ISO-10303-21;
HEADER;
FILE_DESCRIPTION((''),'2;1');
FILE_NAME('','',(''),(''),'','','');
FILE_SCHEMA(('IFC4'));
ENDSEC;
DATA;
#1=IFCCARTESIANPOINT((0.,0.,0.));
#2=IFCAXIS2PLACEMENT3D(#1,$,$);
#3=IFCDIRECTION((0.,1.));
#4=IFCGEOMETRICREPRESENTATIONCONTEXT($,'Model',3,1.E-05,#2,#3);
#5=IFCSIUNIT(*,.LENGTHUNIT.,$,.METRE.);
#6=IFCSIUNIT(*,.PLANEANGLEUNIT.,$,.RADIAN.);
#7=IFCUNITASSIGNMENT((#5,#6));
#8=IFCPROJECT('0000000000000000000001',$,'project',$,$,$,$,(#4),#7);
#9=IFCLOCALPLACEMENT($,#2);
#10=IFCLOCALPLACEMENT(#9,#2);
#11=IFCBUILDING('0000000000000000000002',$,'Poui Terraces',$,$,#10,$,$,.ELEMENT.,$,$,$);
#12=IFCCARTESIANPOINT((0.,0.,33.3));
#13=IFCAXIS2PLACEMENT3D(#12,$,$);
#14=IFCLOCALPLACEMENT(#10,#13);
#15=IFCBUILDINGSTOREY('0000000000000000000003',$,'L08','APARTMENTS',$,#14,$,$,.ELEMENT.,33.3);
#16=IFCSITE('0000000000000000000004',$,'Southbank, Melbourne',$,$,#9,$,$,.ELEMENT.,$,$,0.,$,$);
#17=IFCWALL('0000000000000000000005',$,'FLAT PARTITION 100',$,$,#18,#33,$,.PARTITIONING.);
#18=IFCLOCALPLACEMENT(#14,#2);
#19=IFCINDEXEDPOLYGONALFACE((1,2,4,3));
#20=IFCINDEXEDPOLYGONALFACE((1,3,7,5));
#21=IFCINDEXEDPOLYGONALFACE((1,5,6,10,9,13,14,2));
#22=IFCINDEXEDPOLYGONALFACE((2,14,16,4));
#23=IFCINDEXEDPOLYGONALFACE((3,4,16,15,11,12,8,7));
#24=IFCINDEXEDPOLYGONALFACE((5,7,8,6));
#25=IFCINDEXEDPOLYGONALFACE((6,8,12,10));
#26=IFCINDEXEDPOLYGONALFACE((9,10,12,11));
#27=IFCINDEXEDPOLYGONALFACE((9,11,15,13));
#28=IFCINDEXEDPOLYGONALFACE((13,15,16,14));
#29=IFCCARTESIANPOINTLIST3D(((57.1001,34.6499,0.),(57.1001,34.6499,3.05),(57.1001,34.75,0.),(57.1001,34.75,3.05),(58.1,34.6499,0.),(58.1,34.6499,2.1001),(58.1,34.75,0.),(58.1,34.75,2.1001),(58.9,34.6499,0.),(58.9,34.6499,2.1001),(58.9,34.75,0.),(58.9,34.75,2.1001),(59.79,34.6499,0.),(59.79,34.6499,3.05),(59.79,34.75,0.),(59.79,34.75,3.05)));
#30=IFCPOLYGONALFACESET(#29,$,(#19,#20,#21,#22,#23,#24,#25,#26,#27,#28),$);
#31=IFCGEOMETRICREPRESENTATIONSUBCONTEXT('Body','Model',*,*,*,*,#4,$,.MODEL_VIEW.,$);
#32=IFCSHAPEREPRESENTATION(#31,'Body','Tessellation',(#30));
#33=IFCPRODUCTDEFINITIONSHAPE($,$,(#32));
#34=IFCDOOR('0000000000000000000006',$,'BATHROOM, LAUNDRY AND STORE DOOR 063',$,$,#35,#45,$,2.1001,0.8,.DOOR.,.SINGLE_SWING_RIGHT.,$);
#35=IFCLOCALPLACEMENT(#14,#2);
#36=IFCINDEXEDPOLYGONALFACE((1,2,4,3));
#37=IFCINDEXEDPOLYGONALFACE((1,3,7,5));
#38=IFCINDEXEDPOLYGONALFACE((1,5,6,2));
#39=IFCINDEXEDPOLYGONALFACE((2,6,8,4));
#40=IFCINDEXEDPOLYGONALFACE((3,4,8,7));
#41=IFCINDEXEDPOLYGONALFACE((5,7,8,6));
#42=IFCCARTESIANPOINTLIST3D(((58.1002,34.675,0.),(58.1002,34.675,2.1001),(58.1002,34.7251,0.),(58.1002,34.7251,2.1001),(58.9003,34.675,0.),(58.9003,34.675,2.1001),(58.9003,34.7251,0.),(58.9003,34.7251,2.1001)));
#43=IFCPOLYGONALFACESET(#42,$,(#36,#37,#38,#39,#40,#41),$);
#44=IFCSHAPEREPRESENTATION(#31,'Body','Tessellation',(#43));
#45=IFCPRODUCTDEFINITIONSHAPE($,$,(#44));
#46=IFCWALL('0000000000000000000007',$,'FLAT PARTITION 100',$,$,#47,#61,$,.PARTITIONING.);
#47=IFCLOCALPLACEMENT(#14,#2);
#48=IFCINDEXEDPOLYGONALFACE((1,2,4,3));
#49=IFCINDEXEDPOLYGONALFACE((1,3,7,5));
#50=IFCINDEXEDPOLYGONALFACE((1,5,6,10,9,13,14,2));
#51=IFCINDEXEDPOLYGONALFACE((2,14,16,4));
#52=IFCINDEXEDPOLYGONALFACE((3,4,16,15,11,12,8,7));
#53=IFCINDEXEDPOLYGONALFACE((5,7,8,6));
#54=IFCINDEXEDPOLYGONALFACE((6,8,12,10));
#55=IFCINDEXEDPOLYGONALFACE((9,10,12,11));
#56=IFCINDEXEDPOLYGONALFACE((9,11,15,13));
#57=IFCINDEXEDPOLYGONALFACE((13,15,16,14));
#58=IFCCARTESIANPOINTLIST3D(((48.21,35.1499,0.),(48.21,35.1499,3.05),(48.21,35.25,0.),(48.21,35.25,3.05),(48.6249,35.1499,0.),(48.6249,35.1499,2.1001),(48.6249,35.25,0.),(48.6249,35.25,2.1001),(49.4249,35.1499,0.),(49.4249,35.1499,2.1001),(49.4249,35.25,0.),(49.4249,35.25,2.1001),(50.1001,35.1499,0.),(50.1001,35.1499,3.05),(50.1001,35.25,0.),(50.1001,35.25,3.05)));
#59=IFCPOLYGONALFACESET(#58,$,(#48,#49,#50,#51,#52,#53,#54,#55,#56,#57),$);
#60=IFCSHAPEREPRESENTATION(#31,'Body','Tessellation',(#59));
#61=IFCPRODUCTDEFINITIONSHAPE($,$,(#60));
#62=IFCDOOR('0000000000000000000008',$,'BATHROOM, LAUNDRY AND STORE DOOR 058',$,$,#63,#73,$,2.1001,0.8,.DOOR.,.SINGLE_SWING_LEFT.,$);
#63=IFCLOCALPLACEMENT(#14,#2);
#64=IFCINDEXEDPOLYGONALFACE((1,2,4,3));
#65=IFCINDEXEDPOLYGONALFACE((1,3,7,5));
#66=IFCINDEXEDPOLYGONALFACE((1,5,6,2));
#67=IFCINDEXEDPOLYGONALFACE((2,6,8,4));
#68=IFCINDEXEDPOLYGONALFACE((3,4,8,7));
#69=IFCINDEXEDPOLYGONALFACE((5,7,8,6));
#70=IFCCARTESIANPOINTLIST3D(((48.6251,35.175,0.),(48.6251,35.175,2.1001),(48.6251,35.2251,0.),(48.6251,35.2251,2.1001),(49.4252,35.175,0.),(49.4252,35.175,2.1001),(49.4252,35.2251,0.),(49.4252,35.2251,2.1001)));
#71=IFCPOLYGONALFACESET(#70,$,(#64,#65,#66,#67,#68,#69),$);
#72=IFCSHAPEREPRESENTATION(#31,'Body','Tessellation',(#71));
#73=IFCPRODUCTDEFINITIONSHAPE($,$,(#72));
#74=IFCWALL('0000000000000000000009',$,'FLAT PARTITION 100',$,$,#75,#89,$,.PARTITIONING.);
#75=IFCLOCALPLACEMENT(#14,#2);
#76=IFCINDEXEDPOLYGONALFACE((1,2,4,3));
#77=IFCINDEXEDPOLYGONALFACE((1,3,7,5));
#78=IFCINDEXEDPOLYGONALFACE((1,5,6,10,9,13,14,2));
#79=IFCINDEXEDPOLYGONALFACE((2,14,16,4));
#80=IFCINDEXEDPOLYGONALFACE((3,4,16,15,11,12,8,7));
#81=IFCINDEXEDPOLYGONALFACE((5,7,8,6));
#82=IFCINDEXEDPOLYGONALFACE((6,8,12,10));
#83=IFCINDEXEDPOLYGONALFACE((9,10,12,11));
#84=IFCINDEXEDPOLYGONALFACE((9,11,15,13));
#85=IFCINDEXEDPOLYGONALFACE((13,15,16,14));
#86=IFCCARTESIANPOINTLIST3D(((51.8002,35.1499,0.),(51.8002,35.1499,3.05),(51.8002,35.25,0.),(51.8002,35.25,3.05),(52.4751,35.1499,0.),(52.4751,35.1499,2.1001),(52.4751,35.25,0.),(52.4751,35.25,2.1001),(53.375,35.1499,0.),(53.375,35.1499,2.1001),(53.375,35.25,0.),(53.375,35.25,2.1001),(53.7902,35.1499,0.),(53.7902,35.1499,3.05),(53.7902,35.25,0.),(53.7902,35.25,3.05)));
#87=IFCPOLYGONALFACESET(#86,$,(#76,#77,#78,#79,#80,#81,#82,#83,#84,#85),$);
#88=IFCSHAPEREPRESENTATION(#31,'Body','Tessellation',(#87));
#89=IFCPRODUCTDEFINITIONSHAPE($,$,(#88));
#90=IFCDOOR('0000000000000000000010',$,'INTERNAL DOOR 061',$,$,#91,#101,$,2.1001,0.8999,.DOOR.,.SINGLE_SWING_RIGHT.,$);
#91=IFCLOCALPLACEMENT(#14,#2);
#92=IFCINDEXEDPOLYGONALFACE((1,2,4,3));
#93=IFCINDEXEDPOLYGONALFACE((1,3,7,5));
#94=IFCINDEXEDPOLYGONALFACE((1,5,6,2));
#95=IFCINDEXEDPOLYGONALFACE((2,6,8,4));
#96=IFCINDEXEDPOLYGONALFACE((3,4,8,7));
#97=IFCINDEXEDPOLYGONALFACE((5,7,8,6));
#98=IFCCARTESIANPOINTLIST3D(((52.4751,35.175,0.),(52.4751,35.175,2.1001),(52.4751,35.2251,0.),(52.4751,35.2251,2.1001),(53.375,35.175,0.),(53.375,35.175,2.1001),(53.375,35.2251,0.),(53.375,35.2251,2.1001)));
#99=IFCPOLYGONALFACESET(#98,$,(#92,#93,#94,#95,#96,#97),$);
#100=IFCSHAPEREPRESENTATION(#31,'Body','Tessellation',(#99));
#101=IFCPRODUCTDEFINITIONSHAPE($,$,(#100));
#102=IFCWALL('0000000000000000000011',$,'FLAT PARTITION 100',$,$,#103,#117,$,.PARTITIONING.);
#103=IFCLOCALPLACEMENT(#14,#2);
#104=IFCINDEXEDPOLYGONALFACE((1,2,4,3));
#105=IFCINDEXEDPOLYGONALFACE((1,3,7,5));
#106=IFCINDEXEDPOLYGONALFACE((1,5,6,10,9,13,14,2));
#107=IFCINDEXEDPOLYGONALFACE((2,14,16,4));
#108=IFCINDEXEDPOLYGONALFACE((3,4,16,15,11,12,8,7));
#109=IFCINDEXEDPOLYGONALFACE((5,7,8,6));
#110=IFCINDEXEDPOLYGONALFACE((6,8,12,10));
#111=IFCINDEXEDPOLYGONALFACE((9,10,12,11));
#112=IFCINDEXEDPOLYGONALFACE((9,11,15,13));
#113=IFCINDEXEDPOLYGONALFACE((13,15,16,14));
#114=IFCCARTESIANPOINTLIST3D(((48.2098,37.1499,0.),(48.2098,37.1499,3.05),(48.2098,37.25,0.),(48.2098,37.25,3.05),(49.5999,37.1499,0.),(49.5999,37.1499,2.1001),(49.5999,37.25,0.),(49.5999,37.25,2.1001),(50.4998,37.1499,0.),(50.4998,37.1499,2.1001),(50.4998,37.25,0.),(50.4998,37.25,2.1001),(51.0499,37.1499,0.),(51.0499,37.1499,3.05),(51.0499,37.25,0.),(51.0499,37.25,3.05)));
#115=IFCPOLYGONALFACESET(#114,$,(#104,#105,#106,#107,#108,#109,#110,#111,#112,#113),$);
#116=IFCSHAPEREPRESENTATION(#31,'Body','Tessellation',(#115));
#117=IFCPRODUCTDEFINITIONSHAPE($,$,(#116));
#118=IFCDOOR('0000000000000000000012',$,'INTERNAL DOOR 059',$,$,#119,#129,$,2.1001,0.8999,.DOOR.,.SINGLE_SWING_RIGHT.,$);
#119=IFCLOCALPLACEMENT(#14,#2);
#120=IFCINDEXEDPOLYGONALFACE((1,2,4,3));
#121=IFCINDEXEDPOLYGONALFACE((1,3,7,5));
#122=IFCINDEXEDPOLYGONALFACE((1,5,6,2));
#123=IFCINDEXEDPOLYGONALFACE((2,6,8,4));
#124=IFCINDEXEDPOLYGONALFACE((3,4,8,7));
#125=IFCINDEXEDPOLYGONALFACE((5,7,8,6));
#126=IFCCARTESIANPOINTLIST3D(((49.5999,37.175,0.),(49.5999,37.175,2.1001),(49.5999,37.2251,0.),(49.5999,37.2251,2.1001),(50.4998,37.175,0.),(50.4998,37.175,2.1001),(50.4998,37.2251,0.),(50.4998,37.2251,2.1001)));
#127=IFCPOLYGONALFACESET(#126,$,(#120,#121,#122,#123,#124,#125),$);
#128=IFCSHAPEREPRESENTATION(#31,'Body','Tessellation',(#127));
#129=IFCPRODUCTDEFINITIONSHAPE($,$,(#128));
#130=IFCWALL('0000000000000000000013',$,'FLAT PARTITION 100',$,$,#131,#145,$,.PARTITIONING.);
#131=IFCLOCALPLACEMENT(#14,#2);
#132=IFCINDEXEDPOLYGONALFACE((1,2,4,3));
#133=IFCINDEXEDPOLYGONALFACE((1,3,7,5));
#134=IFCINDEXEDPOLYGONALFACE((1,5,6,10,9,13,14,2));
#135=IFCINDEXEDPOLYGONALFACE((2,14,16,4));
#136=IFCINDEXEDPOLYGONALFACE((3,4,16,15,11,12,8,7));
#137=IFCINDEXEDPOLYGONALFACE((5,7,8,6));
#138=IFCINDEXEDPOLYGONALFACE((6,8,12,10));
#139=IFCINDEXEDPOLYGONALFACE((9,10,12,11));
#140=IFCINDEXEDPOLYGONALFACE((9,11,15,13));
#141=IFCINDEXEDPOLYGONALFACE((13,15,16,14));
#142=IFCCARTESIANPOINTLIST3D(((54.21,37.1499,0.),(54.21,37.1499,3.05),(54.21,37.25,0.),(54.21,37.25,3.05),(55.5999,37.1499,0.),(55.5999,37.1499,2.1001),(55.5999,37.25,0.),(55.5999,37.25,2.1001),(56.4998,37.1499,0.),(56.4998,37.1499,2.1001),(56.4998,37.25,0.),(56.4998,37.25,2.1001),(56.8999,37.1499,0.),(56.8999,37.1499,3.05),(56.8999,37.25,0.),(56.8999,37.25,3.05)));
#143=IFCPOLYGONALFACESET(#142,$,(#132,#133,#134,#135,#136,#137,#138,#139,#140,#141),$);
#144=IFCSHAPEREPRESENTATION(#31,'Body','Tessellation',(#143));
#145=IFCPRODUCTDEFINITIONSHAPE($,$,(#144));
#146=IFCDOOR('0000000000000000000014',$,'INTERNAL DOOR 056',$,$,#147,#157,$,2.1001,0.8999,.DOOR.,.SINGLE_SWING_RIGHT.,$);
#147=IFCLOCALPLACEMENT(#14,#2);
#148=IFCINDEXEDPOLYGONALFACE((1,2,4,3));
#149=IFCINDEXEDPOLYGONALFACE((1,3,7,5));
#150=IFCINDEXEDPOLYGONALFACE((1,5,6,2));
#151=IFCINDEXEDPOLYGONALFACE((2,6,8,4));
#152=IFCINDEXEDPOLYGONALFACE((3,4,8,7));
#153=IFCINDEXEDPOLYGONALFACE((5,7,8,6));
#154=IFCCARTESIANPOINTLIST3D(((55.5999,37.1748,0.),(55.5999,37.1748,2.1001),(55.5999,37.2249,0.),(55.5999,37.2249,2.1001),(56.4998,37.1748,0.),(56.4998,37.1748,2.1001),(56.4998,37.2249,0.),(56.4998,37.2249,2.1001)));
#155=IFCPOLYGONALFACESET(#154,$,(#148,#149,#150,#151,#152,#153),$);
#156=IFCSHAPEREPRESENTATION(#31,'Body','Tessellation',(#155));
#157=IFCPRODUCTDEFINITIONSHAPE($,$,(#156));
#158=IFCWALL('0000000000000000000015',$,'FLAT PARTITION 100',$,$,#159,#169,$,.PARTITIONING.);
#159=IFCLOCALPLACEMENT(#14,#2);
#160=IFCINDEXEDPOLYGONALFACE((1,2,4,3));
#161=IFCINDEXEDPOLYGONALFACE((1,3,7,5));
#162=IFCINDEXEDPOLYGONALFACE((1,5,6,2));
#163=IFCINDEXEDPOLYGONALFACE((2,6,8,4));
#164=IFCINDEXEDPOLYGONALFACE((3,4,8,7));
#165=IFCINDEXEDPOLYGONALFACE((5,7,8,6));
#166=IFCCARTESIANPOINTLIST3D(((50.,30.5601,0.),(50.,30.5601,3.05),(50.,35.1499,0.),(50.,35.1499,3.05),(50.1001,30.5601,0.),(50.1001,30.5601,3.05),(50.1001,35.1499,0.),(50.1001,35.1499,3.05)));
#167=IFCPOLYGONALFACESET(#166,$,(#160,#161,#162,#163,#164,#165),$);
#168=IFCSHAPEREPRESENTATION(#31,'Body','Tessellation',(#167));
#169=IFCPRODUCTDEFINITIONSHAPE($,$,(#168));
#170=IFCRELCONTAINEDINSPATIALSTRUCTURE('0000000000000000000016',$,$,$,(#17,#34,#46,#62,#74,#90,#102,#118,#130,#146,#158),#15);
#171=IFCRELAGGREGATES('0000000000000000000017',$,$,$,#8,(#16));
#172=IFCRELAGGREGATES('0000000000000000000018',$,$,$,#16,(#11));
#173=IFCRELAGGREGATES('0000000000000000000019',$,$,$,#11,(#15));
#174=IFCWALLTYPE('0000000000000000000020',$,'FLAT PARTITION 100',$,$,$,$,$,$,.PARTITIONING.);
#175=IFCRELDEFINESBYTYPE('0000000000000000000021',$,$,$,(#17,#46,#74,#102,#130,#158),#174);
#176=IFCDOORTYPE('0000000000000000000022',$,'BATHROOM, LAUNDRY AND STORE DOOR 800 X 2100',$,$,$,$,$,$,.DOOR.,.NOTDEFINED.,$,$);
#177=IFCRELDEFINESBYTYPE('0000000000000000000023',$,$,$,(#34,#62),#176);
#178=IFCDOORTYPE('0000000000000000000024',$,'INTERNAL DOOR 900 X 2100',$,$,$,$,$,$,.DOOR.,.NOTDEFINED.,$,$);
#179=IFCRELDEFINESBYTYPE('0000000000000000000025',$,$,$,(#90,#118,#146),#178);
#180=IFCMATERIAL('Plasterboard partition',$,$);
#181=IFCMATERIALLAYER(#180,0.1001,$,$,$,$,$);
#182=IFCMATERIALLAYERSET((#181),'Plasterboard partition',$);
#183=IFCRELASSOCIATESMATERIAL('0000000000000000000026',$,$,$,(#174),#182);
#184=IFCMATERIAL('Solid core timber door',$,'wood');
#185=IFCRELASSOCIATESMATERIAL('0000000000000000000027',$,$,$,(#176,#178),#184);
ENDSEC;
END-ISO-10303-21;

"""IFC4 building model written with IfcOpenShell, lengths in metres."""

from ifc_helpers import new_model, si_unit, direction, frame, frame_2d, origin, place, context, subcontext, project, spatial, rectangle, extrude, material, layer, layer_set, type_object, element, fill, save


model = new_model("IFC4")

# Units and contexts
model_context = context("Model", 3, precision=1e-05, world=origin(), true_north=direction((0.0, 1.0)))
body_context = subcontext(model_context, "Body", "Model", "MODEL_VIEW")
ifc_project = project(units=[si_unit("LENGTHUNIT", "METRE"), si_unit("PLANEANGLEUNIT", "RADIAN")], contexts=[model_context])

# Site, building, storey
site_placement = place(None, origin())
site = spatial("IfcSite", under=ifc_project, at=site_placement, Name="Southbank, Melbourne", CompositionType="ELEMENT", RefElevation=0.0)
building_placement = place(site_placement, origin())
building = spatial("IfcBuilding", under=site, at=building_placement, Name="Poui Terraces", CompositionType="ELEMENT")
storey_placement = place(building_placement, frame((0.0, 0.0, 33.3)))
storey = spatial("IfcBuildingStorey", under=building, at=storey_placement, Name="L08", Description="APARTMENTS", CompositionType="ELEMENT", Elevation=33.3)

# Walls, openings, doors
ifc_material_1 = material(Name="Plasterboard partition")
ifc_layer_1 = layer(ifc_material_1, 0.1001)
ifc_layer_set_1 = layer_set([ifc_layer_1], Name="Plasterboard partition")
wall_type_1 = type_object("IfcWallType", Name="FLAT PARTITION 100", PredefinedType="PARTITIONING", material=ifc_layer_set_1)
wall_1_placement = place(storey_placement, frame((57.1001, 34.7, 0.0), z_axis=(0.0, 0.0, 1.0), x_axis=(1.0, 0.0, 0.0)))
wall_1 = element("IfcWall", 1, at=wall_1_placement, inside=storey, type_object=wall_type_1, Name="FLAT PARTITION 100", PredefinedType="PARTITIONING", context=body_context, shape_type="SweptSolid", body=[
    extrude(rectangle(XDim=2.6899, YDim=0.1001, at=frame_2d((1.345, 0.0))), origin(), (0.0, 0.0, 1.0), 3.05),
])
opening_1_placement = place(wall_1_placement, frame((1.0, 0.0, 0.0)))
opening_1 = element("IfcOpeningElement", 2, at=opening_1_placement, cuts=wall_1, PredefinedType="OPENING", context=body_context, shape_type="SweptSolid", body=[
    extrude(rectangle(XDim=0.8, YDim=2.1001, at=frame_2d((0.3999, 1.05))), frame((0.0, 0.0601, 0.0), z_axis=(0.0, -1.0, 0.0), x_axis=(1.0, 0.0, 0.0)), (0.0, 0.0, 1.0), 0.1201),
])
ifc_material_2 = material(Name="Solid core timber door", Category="wood")
door_type_1 = type_object("IfcDoorType", Name="BATHROOM, LAUNDRY AND STORE DOOR 800 X 2100", OperationType="NOTDEFINED", PredefinedType="DOOR", material=ifc_material_2)
door_1_placement = place(opening_1_placement, frame((0.8, 0.0, 0.0), z_axis=(0.0, 0.0, 1.0), x_axis=(-1.0, 0.0, 0.0)))
door_1 = element("IfcDoor", 3, at=door_1_placement, inside=storey, type_object=door_type_1, Name="BATHROOM, LAUNDRY AND STORE DOOR 063", OperationType="SINGLE_SWING_RIGHT", OverallHeight=2.1001, OverallWidth=0.8, PredefinedType="DOOR", context=body_context, shape_type="SweptSolid", body=[
    extrude(rectangle(XDim=0.8, YDim=2.1001, at=frame_2d((0.3999, 1.05))), frame((0.0, 0.0249, 0.0), z_axis=(0.0, -1.0, 0.0), x_axis=(1.0, 0.0, 0.0)), (0.0, 0.0, 1.0), 0.05),
])
fill(opening_1, door_1)
wall_2_placement = place(storey_placement, frame((48.21, 35.2, 0.0), z_axis=(0.0, 0.0, 1.0), x_axis=(1.0, 0.0, 0.0)))
wall_2 = element("IfcWall", 4, at=wall_2_placement, inside=storey, type_object=wall_type_1, Name="FLAT PARTITION 100", PredefinedType="PARTITIONING", context=body_context, shape_type="SweptSolid", body=[
    extrude(rectangle(XDim=1.8901, YDim=0.1001, at=frame_2d((0.9451, 0.0))), origin(), (0.0, 0.0, 1.0), 3.05),
])
opening_2_placement = place(wall_2_placement, frame((0.415, 0.0, 0.0)))
opening_2 = element("IfcOpeningElement", 5, at=opening_2_placement, cuts=wall_2, PredefinedType="OPENING", context=body_context, shape_type="SweptSolid", body=[
    extrude(rectangle(XDim=0.8, YDim=2.1001, at=frame_2d((0.3999, 1.05))), frame((0.0, 0.0601, 0.0), z_axis=(0.0, -1.0, 0.0), x_axis=(1.0, 0.0, 0.0)), (0.0, 0.0, 1.0), 0.1201),
])
door_2_placement = place(opening_2_placement, frame((0.8, 0.0, 0.0), z_axis=(0.0, 0.0, 1.0), x_axis=(-1.0, 0.0, 0.0)))
door_2 = element("IfcDoor", 6, at=door_2_placement, inside=storey, type_object=door_type_1, Name="BATHROOM, LAUNDRY AND STORE DOOR 058", OperationType="SINGLE_SWING_LEFT", OverallHeight=2.1001, OverallWidth=0.8, PredefinedType="DOOR", context=body_context, shape_type="SweptSolid", body=[
    extrude(rectangle(XDim=0.8, YDim=2.1001, at=frame_2d((0.3999, 1.05))), frame((0.0, 0.0249, 0.0), z_axis=(0.0, -1.0, 0.0), x_axis=(1.0, 0.0, 0.0)), (0.0, 0.0, 1.0), 0.05),
])
fill(opening_2, door_2)
wall_3_placement = place(storey_placement, frame((51.8, 35.2, 0.0), z_axis=(0.0, 0.0, 1.0), x_axis=(1.0, 0.0, 0.0)))
wall_3 = element("IfcWall", 7, at=wall_3_placement, inside=storey, type_object=wall_type_1, Name="FLAT PARTITION 100", PredefinedType="PARTITIONING", context=body_context, shape_type="SweptSolid", body=[
    extrude(rectangle(XDim=1.99, YDim=0.1001, at=frame_2d((0.9951, 0.0))), origin(), (0.0, 0.0, 1.0), 3.05),
])
opening_3_placement = place(wall_3_placement, frame((0.675, 0.0, 0.0)))
opening_3 = element("IfcOpeningElement", 8, at=opening_3_placement, cuts=wall_3, PredefinedType="OPENING", context=body_context, shape_type="SweptSolid", body=[
    extrude(rectangle(XDim=0.8999, YDim=2.1001, at=frame_2d((0.45, 1.05))), frame((0.0, 0.0601, 0.0), z_axis=(0.0, -1.0, 0.0), x_axis=(1.0, 0.0, 0.0)), (0.0, 0.0, 1.0), 0.1201),
])
door_type_2 = type_object("IfcDoorType", Name="INTERNAL DOOR 900 X 2100", OperationType="NOTDEFINED", PredefinedType="DOOR", material=ifc_material_2)
door_3_placement = place(opening_3_placement, frame((0.8999, 0.0, 0.0), z_axis=(0.0, 0.0, 1.0), x_axis=(-1.0, 0.0, 0.0)))
door_3 = element("IfcDoor", 9, at=door_3_placement, inside=storey, type_object=door_type_2, Name="INTERNAL DOOR 061", OperationType="SINGLE_SWING_RIGHT", OverallHeight=2.1001, OverallWidth=0.8999, PredefinedType="DOOR", context=body_context, shape_type="SweptSolid", body=[
    extrude(rectangle(XDim=0.8999, YDim=2.1001, at=frame_2d((0.45, 1.05))), frame((0.0, 0.0249, 0.0), z_axis=(0.0, -1.0, 0.0), x_axis=(1.0, 0.0, 0.0)), (0.0, 0.0, 1.0), 0.05),
])
fill(opening_3, door_3)
wall_4_placement = place(storey_placement, frame((48.21, 37.2, 0.0), z_axis=(0.0, 0.0, 1.0), x_axis=(1.0, 0.0, 0.0)))
wall_4 = element("IfcWall", 10, at=wall_4_placement, inside=storey, type_object=wall_type_1, Name="FLAT PARTITION 100", PredefinedType="PARTITIONING", context=body_context, shape_type="SweptSolid", body=[
    extrude(rectangle(XDim=2.8401, YDim=0.1001, at=frame_2d((1.4199, 0.0))), origin(), (0.0, 0.0, 1.0), 3.05),
])
opening_4_placement = place(wall_4_placement, frame((1.3899, 0.0, 0.0)))
opening_4 = element("IfcOpeningElement", 11, at=opening_4_placement, cuts=wall_4, PredefinedType="OPENING", context=body_context, shape_type="SweptSolid", body=[
    extrude(rectangle(XDim=0.8999, YDim=2.1001, at=frame_2d((0.45, 1.05))), frame((0.0, 0.0601, 0.0), z_axis=(0.0, -1.0, 0.0), x_axis=(1.0, 0.0, 0.0)), (0.0, 0.0, 1.0), 0.1201),
])
door_4_placement = place(opening_4_placement, frame((0.8999, 0.0, 0.0), z_axis=(0.0, 0.0, 1.0), x_axis=(-1.0, 0.0, 0.0)))
door_4 = element("IfcDoor", 12, at=door_4_placement, inside=storey, type_object=door_type_2, Name="INTERNAL DOOR 059", OperationType="SINGLE_SWING_RIGHT", OverallHeight=2.1001, OverallWidth=0.8999, PredefinedType="DOOR", context=body_context, shape_type="SweptSolid", body=[
    extrude(rectangle(XDim=0.8999, YDim=2.1001, at=frame_2d((0.45, 1.05))), frame((0.0, 0.0249, 0.0), z_axis=(0.0, -1.0, 0.0), x_axis=(1.0, 0.0, 0.0)), (0.0, 0.0, 1.0), 0.05),
])
fill(opening_4, door_4)
wall_5_placement = place(storey_placement, frame((54.21, 37.2, 0.0), z_axis=(0.0, 0.0, 1.0), x_axis=(1.0, 0.0, 0.0)))
wall_5 = element("IfcWall", 13, at=wall_5_placement, inside=storey, type_object=wall_type_1, Name="FLAT PARTITION 100", PredefinedType="PARTITIONING", context=body_context, shape_type="SweptSolid", body=[
    extrude(rectangle(XDim=2.6899, YDim=0.1001, at=frame_2d((1.345, 0.0))), origin(), (0.0, 0.0, 1.0), 3.05),
])
opening_5_placement = place(wall_5_placement, frame((1.3899, 0.0, 0.0)))
opening_5 = element("IfcOpeningElement", 14, at=opening_5_placement, cuts=wall_5, PredefinedType="OPENING", context=body_context, shape_type="SweptSolid", body=[
    extrude(rectangle(XDim=0.8999, YDim=2.1001, at=frame_2d((0.45, 1.05))), frame((0.0, 0.0601, 0.0), z_axis=(0.0, -1.0, 0.0), x_axis=(1.0, 0.0, 0.0)), (0.0, 0.0, 1.0), 0.1201),
])
door_5_placement = place(opening_5_placement, origin())
door_5 = element("IfcDoor", 15, at=door_5_placement, inside=storey, type_object=door_type_2, Name="INTERNAL DOOR 056", OperationType="SINGLE_SWING_RIGHT", OverallHeight=2.1001, OverallWidth=0.8999, PredefinedType="DOOR", context=body_context, shape_type="SweptSolid", body=[
    extrude(rectangle(XDim=0.8999, YDim=2.1001, at=frame_2d((0.45, 1.05))), frame((0.0, 0.0249, 0.0), z_axis=(0.0, -1.0, 0.0), x_axis=(1.0, 0.0, 0.0)), (0.0, 0.0, 1.0), 0.05),
])
fill(opening_5, door_5)

# Wall
wall_6_placement = place(storey_placement, frame((50.05, 30.5601, 0.0), z_axis=(0.0, 0.0, 1.0), x_axis=(0.0, 1.0, 0.0)))
element("IfcWall", 16, at=wall_6_placement, inside=storey, type_object=wall_type_1, Name="FLAT PARTITION 100", PredefinedType="PARTITIONING", context=body_context, shape_type="SweptSolid", body=[
    extrude(rectangle(XDim=4.5898, YDim=0.1001, at=frame_2d((2.2949, 0.0))), origin(), (0.0, 0.0, 1.0), 3.05),
])

save(model, "model.ifc")
